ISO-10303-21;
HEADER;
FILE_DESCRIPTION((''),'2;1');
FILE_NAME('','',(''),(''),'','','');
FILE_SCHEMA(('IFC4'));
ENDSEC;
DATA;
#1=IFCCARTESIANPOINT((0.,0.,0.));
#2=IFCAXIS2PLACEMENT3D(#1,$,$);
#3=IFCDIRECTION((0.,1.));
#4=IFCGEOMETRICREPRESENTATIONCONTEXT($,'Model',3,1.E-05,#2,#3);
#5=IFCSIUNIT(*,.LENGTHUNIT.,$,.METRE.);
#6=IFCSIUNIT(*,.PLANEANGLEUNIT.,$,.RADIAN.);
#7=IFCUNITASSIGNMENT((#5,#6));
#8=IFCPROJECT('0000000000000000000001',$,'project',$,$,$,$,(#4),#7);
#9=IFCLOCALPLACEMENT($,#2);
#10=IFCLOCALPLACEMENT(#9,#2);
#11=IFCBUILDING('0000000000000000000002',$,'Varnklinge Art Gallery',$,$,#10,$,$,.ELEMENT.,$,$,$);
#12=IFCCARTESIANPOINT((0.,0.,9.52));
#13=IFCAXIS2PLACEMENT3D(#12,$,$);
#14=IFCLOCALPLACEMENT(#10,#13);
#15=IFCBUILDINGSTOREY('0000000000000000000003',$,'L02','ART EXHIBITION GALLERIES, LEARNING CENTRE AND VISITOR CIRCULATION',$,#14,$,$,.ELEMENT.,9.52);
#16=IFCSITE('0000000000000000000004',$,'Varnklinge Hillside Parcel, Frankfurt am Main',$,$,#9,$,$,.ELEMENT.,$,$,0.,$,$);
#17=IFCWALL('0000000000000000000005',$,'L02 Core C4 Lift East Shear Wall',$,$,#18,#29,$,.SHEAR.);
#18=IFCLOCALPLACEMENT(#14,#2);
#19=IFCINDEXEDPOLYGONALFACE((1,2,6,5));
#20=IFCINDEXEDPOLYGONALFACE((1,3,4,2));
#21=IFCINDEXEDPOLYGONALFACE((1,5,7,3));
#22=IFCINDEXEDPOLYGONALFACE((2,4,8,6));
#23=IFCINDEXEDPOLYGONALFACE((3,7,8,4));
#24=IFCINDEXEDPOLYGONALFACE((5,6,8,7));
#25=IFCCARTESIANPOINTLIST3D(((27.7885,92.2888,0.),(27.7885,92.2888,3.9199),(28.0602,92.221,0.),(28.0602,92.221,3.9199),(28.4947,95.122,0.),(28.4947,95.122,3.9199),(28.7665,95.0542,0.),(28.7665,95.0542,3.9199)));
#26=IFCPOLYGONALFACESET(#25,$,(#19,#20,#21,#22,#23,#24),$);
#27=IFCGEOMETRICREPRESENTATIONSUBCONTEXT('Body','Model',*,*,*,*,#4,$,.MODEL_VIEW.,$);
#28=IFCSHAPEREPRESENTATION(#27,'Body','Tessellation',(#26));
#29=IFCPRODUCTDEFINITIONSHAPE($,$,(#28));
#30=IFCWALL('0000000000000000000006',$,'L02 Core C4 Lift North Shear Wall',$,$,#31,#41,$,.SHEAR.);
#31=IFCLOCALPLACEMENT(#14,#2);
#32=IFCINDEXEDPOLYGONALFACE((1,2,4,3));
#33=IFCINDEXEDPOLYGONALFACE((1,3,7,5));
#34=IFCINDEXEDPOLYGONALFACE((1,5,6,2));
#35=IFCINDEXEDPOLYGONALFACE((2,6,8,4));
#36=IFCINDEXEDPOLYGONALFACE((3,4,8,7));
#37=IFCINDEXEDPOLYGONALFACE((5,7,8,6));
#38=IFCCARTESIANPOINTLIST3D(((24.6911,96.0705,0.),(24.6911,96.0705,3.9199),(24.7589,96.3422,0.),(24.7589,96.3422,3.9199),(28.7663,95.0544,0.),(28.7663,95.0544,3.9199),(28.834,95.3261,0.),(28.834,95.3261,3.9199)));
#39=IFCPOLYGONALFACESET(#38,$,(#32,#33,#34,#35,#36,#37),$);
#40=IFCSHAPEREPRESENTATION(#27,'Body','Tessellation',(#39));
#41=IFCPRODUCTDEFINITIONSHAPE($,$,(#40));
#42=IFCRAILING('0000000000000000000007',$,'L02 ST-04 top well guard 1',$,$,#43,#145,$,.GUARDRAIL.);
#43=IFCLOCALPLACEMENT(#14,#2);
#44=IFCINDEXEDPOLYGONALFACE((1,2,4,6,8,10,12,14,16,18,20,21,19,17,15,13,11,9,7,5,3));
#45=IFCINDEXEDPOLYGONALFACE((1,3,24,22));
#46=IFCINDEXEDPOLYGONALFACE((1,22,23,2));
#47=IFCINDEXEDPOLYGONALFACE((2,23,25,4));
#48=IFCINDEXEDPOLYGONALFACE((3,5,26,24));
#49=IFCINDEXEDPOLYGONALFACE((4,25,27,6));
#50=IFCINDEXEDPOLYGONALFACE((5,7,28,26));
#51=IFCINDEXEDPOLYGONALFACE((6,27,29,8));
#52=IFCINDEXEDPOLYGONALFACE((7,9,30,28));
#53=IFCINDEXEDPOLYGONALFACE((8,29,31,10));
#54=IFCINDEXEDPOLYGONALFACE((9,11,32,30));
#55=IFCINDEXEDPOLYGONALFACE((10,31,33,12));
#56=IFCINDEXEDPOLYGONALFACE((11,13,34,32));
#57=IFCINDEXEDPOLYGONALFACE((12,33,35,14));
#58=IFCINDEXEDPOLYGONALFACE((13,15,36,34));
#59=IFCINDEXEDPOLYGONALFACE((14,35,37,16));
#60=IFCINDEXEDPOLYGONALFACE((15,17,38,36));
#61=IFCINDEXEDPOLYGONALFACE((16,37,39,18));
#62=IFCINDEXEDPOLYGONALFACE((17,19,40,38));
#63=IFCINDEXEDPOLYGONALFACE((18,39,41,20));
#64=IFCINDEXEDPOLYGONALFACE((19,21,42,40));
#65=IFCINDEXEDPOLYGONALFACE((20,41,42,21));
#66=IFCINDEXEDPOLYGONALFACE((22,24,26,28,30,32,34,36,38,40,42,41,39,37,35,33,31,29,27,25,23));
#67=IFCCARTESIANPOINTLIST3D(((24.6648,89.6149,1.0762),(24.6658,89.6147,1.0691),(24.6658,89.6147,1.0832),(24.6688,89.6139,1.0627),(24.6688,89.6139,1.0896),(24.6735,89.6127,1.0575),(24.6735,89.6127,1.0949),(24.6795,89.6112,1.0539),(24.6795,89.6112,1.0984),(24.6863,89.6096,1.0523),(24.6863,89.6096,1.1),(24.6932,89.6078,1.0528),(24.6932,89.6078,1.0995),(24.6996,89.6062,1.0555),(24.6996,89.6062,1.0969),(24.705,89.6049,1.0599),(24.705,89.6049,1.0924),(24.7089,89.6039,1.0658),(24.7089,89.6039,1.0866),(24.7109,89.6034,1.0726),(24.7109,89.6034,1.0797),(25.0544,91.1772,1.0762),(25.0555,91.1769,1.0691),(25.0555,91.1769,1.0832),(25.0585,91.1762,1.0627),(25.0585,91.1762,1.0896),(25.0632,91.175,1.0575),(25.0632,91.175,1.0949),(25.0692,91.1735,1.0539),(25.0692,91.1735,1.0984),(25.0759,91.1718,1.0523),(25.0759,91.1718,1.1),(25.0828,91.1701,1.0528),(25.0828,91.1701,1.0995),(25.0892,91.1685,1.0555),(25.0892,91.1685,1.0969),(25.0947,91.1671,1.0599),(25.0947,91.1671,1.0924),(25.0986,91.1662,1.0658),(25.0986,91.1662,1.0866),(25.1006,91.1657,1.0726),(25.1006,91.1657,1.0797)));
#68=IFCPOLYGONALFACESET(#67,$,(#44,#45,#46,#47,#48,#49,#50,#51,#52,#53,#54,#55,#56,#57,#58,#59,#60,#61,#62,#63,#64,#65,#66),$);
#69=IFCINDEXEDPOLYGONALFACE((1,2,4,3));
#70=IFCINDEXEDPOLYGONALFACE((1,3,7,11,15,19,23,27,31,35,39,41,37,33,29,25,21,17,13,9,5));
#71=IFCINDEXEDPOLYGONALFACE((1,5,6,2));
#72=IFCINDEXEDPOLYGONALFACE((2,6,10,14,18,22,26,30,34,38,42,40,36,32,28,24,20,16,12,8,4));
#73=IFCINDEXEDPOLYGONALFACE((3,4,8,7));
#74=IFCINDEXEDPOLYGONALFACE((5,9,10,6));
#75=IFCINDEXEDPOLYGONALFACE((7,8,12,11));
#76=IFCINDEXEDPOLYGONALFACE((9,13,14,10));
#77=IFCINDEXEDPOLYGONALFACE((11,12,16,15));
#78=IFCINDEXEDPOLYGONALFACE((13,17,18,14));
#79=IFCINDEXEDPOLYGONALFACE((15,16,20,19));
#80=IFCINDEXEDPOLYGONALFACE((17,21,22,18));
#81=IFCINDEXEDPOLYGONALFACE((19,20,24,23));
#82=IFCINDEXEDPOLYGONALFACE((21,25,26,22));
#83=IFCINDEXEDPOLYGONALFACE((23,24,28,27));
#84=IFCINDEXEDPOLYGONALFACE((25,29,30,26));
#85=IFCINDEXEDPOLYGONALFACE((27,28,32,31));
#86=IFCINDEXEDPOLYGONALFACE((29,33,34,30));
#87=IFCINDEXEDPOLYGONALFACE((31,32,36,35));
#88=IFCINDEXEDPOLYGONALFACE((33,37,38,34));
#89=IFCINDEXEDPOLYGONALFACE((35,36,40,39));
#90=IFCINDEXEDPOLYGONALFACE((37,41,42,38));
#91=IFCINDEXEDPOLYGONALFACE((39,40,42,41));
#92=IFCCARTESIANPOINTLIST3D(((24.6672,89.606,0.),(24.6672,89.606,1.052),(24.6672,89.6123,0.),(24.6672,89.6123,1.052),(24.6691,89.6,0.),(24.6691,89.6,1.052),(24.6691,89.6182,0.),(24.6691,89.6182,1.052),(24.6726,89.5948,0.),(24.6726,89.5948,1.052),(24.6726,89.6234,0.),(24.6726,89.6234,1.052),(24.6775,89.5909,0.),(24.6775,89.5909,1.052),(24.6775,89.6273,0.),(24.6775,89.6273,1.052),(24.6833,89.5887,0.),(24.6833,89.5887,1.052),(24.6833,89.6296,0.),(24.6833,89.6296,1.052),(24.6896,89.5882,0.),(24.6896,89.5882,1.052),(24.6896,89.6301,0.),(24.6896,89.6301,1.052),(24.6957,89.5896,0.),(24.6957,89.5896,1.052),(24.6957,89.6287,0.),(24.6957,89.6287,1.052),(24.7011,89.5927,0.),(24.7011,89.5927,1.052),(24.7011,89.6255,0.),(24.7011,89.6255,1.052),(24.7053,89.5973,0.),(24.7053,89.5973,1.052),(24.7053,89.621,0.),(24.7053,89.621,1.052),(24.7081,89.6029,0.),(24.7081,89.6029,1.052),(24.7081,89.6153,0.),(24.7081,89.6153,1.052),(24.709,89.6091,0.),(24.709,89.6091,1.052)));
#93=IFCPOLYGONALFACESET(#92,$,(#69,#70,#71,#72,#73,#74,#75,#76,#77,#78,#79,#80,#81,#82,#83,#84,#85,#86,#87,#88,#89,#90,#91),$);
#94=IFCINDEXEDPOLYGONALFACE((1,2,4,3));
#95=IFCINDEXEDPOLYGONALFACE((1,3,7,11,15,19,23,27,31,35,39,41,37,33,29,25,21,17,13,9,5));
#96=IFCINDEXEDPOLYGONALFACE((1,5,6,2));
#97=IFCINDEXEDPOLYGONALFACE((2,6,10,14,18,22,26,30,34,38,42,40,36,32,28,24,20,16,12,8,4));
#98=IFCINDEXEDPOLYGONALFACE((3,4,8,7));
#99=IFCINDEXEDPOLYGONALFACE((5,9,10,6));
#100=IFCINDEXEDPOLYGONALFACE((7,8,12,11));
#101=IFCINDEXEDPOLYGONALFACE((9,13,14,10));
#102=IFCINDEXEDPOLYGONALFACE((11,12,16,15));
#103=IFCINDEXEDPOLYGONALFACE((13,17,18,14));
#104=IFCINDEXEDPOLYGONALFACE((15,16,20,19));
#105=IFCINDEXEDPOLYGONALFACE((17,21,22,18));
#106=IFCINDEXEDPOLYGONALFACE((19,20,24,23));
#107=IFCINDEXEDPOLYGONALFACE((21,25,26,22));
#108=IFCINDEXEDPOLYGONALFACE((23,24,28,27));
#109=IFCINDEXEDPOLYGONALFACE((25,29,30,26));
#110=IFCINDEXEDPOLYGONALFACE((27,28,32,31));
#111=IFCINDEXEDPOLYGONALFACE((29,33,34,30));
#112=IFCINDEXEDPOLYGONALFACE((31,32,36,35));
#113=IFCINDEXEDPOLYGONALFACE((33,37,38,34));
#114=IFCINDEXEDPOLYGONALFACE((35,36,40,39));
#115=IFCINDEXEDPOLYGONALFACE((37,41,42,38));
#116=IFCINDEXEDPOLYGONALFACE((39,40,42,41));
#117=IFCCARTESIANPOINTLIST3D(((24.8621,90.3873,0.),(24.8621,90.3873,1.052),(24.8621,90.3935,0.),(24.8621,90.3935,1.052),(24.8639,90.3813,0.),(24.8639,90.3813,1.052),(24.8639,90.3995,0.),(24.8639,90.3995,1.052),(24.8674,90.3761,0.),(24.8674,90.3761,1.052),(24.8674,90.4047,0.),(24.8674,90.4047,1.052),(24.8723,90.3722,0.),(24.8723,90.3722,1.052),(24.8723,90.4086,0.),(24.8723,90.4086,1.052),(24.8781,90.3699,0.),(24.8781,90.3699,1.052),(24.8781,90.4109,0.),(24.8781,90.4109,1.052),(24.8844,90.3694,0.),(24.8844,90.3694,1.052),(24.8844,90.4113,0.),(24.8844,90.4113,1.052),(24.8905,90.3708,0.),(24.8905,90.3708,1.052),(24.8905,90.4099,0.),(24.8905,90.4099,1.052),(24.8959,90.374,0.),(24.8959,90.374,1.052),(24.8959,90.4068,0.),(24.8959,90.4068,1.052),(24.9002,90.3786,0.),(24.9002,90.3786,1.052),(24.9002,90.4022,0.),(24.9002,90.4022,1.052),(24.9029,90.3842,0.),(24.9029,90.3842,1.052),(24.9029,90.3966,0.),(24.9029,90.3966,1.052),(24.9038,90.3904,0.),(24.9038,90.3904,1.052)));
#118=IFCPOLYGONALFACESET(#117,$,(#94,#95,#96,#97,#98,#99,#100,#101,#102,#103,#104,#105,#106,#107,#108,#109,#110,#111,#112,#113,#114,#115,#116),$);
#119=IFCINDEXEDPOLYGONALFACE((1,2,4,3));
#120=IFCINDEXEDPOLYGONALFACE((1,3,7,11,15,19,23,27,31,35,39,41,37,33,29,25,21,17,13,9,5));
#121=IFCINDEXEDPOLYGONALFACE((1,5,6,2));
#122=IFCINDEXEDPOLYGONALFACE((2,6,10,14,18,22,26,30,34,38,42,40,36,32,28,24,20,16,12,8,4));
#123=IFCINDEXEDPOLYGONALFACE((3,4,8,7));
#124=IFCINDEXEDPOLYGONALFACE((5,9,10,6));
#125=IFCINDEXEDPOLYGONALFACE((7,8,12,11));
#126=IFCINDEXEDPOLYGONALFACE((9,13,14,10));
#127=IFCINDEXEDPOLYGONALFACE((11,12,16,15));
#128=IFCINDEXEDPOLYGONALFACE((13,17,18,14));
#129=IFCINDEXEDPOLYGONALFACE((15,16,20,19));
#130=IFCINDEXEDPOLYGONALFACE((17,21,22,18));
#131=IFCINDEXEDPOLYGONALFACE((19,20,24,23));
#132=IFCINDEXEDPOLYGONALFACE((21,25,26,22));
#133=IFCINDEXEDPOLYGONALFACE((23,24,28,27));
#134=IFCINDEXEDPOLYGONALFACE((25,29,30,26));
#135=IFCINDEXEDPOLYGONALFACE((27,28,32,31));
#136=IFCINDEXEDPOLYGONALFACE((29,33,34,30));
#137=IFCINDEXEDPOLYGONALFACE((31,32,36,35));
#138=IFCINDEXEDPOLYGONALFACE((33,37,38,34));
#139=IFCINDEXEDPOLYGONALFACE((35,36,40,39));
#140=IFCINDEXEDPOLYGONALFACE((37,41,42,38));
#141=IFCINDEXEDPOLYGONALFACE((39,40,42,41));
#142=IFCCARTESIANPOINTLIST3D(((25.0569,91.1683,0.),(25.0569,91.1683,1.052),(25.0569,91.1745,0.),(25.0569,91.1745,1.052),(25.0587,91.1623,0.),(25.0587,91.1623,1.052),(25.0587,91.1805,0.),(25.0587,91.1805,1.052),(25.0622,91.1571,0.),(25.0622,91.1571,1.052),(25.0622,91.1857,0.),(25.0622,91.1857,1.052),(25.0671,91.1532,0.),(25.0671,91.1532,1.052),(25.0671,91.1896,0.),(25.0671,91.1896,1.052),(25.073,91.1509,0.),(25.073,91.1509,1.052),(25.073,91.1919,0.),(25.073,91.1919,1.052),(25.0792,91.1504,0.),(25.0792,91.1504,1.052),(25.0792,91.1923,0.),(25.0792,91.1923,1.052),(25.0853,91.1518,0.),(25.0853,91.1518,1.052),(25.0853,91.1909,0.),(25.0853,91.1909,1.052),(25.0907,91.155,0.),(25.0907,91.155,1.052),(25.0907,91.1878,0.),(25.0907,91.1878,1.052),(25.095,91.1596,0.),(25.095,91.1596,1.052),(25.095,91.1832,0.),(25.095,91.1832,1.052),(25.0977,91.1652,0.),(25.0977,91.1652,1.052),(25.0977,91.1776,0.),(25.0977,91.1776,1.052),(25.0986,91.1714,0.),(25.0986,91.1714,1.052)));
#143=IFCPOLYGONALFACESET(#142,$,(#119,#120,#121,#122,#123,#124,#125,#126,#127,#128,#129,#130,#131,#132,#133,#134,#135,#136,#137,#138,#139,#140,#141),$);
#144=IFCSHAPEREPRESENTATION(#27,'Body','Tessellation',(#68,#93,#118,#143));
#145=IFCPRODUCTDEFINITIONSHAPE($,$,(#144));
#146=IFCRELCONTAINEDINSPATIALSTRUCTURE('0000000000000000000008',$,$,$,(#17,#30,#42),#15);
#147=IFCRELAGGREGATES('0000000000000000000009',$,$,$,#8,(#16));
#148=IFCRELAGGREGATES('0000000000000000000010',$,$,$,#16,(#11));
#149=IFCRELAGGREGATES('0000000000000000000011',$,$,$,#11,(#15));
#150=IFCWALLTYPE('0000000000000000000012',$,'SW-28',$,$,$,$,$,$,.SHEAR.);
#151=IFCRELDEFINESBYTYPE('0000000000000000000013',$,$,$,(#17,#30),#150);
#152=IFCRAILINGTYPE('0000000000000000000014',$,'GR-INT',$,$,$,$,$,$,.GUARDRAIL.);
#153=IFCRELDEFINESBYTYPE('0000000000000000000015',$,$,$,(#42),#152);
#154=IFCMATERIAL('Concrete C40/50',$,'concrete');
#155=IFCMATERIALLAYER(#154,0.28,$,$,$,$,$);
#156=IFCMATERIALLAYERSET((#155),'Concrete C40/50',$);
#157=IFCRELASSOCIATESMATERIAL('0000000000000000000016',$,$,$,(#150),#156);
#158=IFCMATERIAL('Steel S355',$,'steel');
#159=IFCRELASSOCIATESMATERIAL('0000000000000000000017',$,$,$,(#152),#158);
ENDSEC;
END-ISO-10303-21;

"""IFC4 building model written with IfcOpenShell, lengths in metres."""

from ifc_helpers import new_model, si_unit, direction, frame, frame_2d, origin, origin_2d, place, context, subcontext, project, spatial, rectangle, circle, extrude, material, layer, layer_set, type_object, element, save


model = new_model("IFC4")

# Units and contexts
model_context = context("Model", 3, precision=1e-05, world=origin(), true_north=direction((0.0, 1.0)))
body_context = subcontext(model_context, "Body", "Model", "MODEL_VIEW")
ifc_project = project(units=[si_unit("LENGTHUNIT", "METRE"), si_unit("PLANEANGLEUNIT", "RADIAN")], contexts=[model_context])

# Site, building, storey
site_placement = place(None, origin())
site = spatial("IfcSite", under=ifc_project, at=site_placement, Name="Varnklinge Hillside Parcel, Frankfurt am Main", CompositionType="ELEMENT", RefElevation=0.0)
building_placement = place(site_placement, origin())
building = spatial("IfcBuilding", under=site, at=building_placement, Name="Varnklinge Art Gallery", CompositionType="ELEMENT")
storey_placement = place(building_placement, frame((0.0, 0.0, 9.52)))
storey = spatial("IfcBuildingStorey", under=building, at=storey_placement, Name="L02", Description="ART EXHIBITION GALLERIES, LEARNING CENTRE AND VISITOR CIRCULATION", CompositionType="ELEMENT", Elevation=9.52)

# Walls
ifc_material_1 = material(Name="Concrete C40/50", Category="concrete")
ifc_layer_1 = layer(ifc_material_1, 0.28)
ifc_layer_set_1 = layer_set([ifc_layer_1], Name="Concrete C40/50")
wall_type_1 = type_object("IfcWallType", Name="SW-28", PredefinedType="SHEAR", material=ifc_layer_set_1)
wall_1_placement = place(storey_placement, frame((27.9243, 92.2549, 0.0), z_axis=(0.0, 0.0, 1.0), x_axis=(0.241886, 0.970305, 0.0)))
element("IfcWall", 1, at=wall_1_placement, inside=storey, type_object=wall_type_1, Name="L02 Core C4 Lift East Shear Wall", PredefinedType="SHEAR", context=body_context, shape_type="SweptSolid", body=[
    extrude(rectangle(XDim=2.9199, YDim=0.28, at=frame_2d((1.46, 0.0))), origin(), (0.0, 0.0, 1.0), 3.9199),
])
wall_2_placement = place(storey_placement, frame((28.8003, 95.1902, 0.0), z_axis=(0.0, 0.0, 1.0), x_axis=(-0.970293, 0.241934, 0.0)))
element("IfcWall", 2, at=wall_2_placement, inside=storey, type_object=wall_type_1, Name="L02 Core C4 Lift North Shear Wall", PredefinedType="SHEAR", context=body_context, shape_type="SweptSolid", body=[
    extrude(rectangle(XDim=4.2, YDim=0.28, at=frame_2d((2.1001, 0.0))), origin(), (0.0, 0.0, 1.0), 3.9199),
])

# Railing
ifc_material_2 = material(Name="Steel S355", Category="steel")
railing_type = type_object("IfcRailingType", Name="GR-INT", PredefinedType="GUARDRAIL", material=ifc_material_2)
railing_placement = place(storey_placement, frame((24.688, 89.6091, 0.0)))
element("IfcRailing", 3, at=railing_placement, inside=storey, type_object=railing_type, Name="L02 ST-04 top well guard 1", PredefinedType="GUARDRAIL", context=body_context, shape_type="SweptSolid", body=[
    extrude(circle(Radius=0.0239, at=origin_2d()), frame((0.0, 0.0, 1.0762), z_axis=(0.242, 0.970276, 0.0), x_axis=(-0.970276, 0.242, 0.0)), (0.0, 0.0, 1.0), 1.6101),
    extrude(circle(Radius=0.021, at=origin_2d()), origin(), (0.0, 0.0, 1.0), 1.052),
    extrude(circle(Radius=0.021, at=origin_2d()), frame((0.1948, 0.7812, 0.0)), (0.0, 0.0, 1.0), 1.052),
    extrude(circle(Radius=0.021, at=origin_2d()), frame((0.3896, 1.5623, 0.0)), (0.0, 0.0, 1.0), 1.052),
])

save(model, "model.ifc")
